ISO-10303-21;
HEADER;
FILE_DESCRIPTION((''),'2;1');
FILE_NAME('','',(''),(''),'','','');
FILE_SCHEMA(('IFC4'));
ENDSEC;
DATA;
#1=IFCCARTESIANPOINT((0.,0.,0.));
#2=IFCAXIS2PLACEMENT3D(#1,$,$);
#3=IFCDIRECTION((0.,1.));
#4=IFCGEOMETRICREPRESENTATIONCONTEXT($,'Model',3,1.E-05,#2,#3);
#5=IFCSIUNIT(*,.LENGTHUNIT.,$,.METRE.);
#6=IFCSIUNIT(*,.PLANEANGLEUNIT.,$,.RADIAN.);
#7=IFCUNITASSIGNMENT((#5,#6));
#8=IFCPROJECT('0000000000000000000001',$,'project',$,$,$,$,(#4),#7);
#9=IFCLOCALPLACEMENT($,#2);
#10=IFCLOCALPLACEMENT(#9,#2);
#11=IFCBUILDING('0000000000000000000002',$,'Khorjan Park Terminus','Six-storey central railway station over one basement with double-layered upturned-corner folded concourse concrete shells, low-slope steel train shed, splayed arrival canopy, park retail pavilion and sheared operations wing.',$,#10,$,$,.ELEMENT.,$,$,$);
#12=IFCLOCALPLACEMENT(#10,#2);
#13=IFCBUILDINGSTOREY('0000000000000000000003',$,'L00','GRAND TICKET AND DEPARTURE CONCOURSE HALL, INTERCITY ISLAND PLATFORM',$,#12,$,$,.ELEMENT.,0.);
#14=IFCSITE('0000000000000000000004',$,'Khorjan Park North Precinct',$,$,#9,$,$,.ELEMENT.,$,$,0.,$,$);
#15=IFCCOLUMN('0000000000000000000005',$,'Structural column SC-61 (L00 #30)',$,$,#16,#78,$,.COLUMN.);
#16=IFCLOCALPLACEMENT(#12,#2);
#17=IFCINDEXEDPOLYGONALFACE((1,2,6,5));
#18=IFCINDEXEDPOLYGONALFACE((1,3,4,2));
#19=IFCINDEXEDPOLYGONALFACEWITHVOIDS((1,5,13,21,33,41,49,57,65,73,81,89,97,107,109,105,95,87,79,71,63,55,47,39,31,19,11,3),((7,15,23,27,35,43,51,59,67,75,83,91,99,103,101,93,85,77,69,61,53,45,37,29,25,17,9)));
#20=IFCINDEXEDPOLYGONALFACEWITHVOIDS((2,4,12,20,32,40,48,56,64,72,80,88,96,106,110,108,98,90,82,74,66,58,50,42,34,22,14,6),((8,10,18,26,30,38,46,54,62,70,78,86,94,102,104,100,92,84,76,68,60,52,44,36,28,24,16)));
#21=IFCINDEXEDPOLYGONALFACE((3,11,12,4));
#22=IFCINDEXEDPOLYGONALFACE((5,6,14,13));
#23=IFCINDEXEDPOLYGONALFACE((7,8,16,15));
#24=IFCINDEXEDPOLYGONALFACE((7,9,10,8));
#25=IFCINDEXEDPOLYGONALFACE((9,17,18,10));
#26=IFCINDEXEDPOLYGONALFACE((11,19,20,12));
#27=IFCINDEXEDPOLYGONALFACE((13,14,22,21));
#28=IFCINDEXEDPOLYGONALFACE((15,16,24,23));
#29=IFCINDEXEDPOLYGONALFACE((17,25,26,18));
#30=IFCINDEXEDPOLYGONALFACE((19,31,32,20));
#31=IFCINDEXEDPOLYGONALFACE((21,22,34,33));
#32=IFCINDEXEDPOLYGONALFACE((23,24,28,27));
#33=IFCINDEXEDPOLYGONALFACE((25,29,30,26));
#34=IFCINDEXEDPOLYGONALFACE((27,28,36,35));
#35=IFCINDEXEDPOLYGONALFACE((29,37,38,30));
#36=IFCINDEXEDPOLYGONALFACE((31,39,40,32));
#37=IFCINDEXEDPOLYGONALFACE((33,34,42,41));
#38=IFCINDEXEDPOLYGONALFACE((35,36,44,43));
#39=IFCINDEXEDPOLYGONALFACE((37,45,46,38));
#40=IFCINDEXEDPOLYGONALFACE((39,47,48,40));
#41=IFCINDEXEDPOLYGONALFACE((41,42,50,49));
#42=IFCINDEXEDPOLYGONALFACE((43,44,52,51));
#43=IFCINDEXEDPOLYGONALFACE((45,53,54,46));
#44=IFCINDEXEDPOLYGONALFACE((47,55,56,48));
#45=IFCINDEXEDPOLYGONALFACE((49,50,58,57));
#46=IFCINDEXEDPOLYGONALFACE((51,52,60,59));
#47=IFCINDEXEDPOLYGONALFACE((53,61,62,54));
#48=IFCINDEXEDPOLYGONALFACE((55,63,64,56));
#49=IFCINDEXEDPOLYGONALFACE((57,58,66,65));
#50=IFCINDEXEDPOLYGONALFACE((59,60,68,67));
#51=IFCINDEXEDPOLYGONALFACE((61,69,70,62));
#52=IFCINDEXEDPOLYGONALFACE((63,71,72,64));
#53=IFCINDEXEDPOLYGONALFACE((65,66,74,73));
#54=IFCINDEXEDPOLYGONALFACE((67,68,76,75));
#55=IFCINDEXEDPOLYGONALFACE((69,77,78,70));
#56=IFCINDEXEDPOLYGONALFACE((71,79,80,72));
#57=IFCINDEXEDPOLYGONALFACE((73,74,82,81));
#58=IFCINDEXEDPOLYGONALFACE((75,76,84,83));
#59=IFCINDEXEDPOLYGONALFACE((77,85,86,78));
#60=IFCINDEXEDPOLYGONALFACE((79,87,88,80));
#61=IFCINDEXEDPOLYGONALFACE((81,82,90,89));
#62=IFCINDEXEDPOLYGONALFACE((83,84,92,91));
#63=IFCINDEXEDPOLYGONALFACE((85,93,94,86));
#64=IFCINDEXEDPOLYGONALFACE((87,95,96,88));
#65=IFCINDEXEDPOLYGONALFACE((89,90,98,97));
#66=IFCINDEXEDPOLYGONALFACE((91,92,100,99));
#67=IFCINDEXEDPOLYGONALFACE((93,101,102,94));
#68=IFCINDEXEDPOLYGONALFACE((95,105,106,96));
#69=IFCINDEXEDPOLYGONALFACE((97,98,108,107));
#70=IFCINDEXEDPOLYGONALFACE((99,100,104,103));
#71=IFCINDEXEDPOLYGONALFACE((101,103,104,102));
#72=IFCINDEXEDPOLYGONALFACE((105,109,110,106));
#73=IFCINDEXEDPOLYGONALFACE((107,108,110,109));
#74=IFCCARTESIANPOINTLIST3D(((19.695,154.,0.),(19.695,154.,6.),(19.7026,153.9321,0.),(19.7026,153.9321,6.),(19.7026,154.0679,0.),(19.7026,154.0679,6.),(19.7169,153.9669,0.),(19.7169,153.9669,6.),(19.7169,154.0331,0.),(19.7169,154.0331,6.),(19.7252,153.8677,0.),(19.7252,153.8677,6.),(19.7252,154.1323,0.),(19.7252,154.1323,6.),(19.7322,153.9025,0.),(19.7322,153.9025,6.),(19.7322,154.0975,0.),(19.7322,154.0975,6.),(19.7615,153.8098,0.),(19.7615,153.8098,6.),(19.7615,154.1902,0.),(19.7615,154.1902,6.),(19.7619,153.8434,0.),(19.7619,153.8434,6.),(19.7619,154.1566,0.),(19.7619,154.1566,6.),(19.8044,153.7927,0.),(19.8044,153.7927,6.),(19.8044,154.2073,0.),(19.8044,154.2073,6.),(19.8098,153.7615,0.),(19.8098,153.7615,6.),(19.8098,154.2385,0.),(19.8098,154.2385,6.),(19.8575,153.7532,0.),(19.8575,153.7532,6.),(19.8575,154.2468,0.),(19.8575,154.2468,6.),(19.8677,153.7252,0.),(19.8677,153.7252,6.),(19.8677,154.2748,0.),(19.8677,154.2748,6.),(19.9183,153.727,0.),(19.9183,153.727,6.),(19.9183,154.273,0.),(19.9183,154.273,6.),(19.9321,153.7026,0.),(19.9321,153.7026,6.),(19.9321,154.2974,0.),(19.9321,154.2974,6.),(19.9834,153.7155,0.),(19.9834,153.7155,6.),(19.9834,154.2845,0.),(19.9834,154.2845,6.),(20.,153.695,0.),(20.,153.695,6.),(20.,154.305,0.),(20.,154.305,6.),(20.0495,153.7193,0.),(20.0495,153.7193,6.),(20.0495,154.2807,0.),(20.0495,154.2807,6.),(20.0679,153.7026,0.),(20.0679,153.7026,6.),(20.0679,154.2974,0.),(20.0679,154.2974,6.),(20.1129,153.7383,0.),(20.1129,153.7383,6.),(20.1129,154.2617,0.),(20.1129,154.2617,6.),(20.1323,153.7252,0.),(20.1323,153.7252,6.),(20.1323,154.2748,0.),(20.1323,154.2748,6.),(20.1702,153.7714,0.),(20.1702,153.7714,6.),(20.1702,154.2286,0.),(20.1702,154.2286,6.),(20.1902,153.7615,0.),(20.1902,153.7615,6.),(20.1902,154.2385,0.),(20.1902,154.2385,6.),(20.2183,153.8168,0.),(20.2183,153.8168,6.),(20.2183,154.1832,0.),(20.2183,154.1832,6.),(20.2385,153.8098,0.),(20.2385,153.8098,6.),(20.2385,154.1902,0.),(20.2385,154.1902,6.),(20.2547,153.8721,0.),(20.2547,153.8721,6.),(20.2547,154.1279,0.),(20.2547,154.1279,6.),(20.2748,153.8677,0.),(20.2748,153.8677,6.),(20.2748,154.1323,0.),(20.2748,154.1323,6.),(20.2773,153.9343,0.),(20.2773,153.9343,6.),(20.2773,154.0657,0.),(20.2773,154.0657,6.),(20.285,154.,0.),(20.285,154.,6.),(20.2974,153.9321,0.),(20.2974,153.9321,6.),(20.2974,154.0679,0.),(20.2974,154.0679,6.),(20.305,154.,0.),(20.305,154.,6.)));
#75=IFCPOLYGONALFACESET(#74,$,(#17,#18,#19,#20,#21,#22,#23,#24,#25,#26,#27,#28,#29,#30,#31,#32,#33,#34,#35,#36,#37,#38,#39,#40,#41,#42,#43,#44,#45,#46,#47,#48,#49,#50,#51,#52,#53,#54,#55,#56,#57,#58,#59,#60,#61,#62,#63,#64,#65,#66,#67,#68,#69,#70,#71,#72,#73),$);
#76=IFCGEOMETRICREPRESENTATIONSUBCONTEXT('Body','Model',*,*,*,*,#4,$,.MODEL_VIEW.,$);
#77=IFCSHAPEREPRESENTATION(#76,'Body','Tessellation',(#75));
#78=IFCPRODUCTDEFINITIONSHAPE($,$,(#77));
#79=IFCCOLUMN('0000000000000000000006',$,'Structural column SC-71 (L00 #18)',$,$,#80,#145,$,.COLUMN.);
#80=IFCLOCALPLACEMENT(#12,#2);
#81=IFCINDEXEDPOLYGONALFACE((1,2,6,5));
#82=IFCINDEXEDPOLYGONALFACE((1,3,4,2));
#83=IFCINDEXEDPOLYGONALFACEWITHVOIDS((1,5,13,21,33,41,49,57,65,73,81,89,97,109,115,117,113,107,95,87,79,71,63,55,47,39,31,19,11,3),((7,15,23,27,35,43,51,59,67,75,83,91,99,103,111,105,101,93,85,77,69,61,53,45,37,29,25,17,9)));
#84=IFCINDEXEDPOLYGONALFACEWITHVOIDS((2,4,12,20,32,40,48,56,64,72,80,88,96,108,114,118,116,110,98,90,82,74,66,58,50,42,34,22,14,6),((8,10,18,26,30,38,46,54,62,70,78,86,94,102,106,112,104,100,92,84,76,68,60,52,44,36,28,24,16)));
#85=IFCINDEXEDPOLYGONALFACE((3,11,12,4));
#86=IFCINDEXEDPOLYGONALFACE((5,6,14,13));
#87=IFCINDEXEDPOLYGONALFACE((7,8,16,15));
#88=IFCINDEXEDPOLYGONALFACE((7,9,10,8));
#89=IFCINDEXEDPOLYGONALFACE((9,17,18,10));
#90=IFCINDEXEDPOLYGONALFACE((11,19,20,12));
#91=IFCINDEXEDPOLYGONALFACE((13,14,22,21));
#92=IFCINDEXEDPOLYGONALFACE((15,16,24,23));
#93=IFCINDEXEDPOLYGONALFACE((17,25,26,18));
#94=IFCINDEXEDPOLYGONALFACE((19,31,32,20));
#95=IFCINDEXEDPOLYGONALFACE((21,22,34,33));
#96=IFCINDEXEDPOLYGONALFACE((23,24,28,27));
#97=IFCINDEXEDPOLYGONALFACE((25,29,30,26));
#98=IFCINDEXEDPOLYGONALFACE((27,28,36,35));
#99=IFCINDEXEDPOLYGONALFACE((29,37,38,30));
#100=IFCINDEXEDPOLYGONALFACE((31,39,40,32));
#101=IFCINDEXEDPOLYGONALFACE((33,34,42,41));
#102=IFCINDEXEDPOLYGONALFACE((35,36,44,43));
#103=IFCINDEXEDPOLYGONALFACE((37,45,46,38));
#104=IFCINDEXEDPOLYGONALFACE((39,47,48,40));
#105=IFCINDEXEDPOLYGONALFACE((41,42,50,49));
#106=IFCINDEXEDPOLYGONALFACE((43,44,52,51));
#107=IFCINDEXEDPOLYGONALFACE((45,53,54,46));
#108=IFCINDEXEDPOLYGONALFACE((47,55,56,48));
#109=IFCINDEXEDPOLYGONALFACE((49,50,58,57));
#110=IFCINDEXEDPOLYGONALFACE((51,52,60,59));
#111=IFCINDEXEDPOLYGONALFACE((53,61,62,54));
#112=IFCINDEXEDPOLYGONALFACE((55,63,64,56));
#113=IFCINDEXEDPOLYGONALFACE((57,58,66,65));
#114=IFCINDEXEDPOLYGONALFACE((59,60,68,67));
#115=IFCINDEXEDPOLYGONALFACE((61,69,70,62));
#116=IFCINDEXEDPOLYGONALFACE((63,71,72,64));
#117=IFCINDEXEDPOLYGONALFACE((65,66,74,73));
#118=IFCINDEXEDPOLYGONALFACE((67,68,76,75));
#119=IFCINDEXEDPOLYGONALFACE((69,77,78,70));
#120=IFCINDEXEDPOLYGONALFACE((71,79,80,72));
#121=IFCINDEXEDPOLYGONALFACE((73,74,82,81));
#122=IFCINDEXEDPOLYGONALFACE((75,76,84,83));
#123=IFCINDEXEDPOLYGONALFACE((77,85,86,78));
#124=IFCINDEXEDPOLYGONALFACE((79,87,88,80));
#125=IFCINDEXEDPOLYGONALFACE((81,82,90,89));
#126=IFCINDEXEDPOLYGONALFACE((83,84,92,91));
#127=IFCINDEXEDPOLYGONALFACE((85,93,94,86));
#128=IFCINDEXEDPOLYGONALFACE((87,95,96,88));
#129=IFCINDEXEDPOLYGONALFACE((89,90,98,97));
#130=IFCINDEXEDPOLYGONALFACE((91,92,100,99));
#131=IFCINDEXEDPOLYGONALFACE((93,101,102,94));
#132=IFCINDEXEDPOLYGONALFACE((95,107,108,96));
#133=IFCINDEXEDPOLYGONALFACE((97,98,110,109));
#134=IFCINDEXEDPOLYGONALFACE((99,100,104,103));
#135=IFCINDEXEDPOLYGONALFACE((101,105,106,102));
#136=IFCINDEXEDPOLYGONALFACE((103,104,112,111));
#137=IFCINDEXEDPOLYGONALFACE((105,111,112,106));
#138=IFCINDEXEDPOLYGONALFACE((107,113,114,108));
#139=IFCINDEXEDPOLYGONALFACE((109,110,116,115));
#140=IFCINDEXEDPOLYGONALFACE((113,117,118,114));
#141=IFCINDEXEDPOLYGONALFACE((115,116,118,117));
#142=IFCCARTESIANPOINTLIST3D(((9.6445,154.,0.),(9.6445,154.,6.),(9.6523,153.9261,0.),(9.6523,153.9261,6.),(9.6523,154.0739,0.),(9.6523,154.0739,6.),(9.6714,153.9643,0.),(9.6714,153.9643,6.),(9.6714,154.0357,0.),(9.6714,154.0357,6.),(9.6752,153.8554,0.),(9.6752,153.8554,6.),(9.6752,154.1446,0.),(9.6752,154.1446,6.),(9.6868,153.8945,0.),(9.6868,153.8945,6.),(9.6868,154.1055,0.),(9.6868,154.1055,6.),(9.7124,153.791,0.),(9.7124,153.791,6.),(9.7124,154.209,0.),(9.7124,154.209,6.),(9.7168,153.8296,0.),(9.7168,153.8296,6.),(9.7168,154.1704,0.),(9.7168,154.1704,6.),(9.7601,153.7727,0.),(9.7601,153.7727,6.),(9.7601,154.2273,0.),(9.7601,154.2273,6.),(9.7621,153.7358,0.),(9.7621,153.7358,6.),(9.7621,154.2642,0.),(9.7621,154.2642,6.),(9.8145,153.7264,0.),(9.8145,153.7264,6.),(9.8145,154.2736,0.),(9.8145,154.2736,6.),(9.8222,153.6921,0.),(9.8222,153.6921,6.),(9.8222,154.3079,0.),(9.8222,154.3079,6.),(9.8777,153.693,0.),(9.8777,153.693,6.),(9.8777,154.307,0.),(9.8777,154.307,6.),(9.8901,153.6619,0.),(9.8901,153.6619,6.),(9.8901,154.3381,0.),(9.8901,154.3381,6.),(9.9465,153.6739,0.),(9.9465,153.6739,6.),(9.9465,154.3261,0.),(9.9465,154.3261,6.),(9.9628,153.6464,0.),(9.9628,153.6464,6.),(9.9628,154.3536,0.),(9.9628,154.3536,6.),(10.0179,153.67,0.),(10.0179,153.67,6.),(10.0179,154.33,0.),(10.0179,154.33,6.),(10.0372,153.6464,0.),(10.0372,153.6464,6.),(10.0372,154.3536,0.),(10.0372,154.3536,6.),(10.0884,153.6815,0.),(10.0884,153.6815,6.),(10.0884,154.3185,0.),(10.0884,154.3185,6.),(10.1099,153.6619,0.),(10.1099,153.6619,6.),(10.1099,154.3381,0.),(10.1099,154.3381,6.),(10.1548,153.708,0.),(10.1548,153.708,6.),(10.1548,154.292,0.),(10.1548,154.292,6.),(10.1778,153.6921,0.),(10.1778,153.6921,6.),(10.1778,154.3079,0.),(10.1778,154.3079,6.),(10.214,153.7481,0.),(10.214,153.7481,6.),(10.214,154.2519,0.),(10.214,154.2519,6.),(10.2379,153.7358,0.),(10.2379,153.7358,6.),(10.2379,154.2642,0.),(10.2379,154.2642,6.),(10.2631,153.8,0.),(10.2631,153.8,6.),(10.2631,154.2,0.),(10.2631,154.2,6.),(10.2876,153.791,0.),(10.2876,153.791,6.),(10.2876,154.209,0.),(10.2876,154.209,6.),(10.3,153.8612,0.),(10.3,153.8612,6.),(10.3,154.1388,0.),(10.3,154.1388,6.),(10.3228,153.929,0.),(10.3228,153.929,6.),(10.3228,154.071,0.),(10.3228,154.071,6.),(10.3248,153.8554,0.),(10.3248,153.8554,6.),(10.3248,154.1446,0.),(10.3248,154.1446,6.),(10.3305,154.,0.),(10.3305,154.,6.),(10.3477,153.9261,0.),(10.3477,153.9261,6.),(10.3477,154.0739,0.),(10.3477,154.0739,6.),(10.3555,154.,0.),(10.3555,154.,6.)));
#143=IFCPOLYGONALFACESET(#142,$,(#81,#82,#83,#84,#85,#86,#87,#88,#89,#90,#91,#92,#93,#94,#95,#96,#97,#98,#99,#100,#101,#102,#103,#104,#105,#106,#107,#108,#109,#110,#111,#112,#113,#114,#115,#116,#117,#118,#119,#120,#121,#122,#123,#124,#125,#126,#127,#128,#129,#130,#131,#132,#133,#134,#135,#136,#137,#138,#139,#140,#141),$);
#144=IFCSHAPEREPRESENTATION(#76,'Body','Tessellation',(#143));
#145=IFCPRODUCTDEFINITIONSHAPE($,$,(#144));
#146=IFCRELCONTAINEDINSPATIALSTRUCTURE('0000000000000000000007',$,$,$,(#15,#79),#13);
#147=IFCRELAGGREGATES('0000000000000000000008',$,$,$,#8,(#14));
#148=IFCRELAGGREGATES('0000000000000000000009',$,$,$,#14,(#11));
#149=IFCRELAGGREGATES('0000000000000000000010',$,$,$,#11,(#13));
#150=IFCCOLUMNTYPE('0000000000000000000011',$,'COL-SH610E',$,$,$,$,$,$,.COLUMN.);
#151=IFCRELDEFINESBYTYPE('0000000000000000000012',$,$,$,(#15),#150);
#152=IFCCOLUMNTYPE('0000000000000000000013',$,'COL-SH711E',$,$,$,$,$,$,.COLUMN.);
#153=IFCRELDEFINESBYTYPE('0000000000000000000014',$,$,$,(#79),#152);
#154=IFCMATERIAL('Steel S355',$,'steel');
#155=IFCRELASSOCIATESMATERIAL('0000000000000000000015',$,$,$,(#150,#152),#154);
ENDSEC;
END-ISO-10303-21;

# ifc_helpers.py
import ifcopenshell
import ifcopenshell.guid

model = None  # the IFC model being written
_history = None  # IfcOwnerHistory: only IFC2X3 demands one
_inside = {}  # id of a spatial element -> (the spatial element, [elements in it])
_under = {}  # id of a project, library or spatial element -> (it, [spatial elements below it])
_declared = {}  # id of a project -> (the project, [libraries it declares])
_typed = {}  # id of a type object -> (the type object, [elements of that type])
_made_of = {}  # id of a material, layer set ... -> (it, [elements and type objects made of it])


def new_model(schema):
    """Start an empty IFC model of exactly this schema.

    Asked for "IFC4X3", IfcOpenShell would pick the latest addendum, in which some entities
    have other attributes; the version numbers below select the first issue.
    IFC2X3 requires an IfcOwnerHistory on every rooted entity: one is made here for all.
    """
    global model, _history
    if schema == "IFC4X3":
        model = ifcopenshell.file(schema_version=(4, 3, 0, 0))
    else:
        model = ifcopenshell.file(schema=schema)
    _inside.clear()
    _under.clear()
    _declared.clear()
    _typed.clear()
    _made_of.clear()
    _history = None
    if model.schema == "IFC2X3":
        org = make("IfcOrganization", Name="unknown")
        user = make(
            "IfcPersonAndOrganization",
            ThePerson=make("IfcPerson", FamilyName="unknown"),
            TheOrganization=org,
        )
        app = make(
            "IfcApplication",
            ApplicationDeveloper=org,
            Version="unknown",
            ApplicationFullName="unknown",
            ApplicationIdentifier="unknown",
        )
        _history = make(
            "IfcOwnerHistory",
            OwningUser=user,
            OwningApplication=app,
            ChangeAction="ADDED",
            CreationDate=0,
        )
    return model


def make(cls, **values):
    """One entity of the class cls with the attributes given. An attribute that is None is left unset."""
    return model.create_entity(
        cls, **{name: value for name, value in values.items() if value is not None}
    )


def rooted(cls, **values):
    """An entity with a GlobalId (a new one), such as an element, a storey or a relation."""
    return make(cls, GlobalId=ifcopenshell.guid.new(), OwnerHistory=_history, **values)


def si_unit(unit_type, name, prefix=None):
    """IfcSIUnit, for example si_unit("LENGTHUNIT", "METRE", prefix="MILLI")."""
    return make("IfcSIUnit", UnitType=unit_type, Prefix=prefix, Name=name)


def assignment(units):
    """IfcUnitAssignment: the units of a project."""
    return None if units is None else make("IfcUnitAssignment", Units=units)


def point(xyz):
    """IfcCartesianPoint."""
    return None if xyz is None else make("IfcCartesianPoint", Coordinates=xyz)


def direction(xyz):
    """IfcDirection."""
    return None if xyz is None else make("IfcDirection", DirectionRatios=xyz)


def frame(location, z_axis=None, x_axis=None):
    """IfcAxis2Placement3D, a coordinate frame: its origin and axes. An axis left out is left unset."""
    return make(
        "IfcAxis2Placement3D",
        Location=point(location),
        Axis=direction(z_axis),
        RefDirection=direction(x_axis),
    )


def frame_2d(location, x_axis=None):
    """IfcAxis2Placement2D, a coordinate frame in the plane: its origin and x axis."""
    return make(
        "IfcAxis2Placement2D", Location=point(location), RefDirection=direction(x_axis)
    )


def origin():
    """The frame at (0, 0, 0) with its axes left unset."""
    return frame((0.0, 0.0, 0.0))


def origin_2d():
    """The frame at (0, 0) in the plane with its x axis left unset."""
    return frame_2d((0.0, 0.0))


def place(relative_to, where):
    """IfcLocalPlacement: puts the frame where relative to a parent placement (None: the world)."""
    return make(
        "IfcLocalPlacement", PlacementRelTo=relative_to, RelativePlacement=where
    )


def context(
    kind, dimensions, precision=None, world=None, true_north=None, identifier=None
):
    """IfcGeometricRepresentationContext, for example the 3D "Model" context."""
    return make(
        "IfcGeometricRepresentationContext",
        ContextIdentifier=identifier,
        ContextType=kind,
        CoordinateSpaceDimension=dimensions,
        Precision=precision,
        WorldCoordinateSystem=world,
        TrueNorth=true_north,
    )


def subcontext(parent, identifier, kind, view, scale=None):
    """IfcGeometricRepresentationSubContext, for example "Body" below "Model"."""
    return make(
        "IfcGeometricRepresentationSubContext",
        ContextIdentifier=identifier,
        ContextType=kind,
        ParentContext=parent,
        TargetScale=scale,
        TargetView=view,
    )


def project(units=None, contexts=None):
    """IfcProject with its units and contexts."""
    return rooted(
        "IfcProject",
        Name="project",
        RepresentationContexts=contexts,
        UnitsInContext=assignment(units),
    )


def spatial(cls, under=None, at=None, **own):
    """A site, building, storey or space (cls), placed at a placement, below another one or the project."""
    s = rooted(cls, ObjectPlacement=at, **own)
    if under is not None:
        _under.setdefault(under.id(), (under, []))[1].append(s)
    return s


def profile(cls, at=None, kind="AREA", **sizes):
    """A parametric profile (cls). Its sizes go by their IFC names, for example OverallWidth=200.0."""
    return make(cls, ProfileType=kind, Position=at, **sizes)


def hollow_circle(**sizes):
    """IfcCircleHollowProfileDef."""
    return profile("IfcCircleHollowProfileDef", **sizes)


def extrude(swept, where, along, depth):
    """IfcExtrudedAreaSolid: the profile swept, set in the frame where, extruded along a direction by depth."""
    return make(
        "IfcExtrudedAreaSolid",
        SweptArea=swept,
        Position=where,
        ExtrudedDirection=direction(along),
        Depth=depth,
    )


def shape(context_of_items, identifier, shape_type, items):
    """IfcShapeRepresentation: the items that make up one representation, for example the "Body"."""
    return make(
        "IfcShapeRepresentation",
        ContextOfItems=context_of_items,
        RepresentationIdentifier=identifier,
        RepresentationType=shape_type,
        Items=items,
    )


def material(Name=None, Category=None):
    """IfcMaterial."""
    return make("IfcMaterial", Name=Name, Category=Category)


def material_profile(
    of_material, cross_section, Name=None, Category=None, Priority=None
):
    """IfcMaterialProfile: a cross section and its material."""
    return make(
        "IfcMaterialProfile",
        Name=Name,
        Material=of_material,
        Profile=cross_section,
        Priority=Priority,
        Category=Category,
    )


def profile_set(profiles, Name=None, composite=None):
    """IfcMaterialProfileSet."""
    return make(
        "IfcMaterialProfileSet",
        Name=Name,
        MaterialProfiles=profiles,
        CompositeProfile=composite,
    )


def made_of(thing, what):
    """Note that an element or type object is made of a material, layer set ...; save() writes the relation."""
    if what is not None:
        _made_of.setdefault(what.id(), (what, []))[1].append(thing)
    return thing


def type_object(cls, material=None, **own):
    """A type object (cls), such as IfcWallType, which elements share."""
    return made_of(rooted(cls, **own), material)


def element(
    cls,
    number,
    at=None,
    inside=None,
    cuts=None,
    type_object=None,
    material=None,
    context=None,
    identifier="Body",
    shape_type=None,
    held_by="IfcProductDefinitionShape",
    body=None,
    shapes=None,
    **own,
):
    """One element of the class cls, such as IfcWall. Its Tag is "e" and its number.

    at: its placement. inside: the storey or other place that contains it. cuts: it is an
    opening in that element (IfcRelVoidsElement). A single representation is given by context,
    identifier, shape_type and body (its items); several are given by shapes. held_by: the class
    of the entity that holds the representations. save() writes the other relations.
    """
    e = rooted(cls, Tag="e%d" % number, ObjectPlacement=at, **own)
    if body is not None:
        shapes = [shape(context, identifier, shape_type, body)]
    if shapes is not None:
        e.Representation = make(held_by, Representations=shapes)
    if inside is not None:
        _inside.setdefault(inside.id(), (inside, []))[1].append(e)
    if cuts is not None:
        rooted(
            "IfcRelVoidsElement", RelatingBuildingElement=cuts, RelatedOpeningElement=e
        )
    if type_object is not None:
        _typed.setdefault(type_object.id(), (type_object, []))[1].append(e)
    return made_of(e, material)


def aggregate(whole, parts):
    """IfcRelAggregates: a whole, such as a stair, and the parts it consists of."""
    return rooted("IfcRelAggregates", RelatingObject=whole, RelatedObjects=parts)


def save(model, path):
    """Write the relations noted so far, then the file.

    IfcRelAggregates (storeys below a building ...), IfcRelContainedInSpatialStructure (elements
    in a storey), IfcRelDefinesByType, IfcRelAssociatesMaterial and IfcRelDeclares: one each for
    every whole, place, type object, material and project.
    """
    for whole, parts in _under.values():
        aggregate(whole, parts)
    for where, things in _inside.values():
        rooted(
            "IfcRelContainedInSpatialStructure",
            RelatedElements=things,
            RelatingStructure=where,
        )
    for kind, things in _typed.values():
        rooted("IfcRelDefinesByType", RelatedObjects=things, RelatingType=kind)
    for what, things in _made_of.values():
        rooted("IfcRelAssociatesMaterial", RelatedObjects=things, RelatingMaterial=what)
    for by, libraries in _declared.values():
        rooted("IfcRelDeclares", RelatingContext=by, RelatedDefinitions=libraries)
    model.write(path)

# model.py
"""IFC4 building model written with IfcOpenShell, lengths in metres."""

from ifc_helpers import new_model, si_unit, direction, frame, origin, origin_2d, place, context, subcontext, project, spatial, hollow_circle, extrude, material, material_profile, profile_set, type_object, element, save


model = new_model("IFC4")

# Units and contexts
model_context = context("Model", 3, precision=1e-05, world=origin(), true_north=direction((0.0, 1.0)))
body_context = subcontext(model_context, "Body", "Model", "MODEL_VIEW")
ifc_project = project(units=[si_unit("LENGTHUNIT", "METRE"), si_unit("PLANEANGLEUNIT", "RADIAN")], contexts=[model_context])

# Site, building, storey
site_placement = place(None, origin())
site = spatial("IfcSite", under=ifc_project, at=site_placement, Name="Khorjan Park North Precinct", CompositionType="ELEMENT", RefElevation=0.0)
building_placement = place(site_placement, origin())
building = spatial("IfcBuilding", under=site, at=building_placement, Name="Khorjan Park Terminus", Description="Six-storey central railway station over one basement with double-layered upturned-corner folded concourse concrete shells, low-slope steel train shed, splayed arrival canopy, park retail pavilion and sheared operations wing.", CompositionType="ELEMENT")
storey_placement = place(building_placement, origin())
storey = spatial("IfcBuildingStorey", under=building, at=storey_placement, Name="L00", Description="GRAND TICKET AND DEPARTURE CONCOURSE HALL, INTERCITY ISLAND PLATFORM", CompositionType="ELEMENT", Elevation=0.0)

# Columns
ifc_material = material(Name="Steel S355", Category="steel")
ifc_material_profile_1 = material_profile(ifc_material, hollow_circle(Radius=0.305, WallThickness=0.02, at=origin_2d()), Name="CHS 610x20")
ifc_profile_set_1 = profile_set([ifc_material_profile_1], Name="Steel S355")
column_type_1 = type_object("IfcColumnType", Name="COL-SH610E", PredefinedType="COLUMN", material=ifc_profile_set_1)
column_1_placement = place(storey_placement, frame((20.0, 154.0, 0.0), z_axis=(0.0, 0.0, 1.0), x_axis=(1.0, 0.0, 0.0)))
element("IfcColumn", 1, at=column_1_placement, inside=storey, type_object=column_type_1, Name="Structural column SC-61 (L00 #30)", PredefinedType="COLUMN", context=body_context, shape_type="SweptSolid", body=[
    extrude(hollow_circle(Radius=0.305, WallThickness=0.02, at=origin_2d()), origin(), (0.0, 0.0, 1.0), 6.0),
])
ifc_material_profile_2 = material_profile(ifc_material, hollow_circle(Radius=0.3555, WallThickness=0.025, at=origin_2d()), Name="CHS 711x25")
ifc_profile_set_2 = profile_set([ifc_material_profile_2], Name="Steel S355")
column_type_2 = type_object("IfcColumnType", Name="COL-SH711E", PredefinedType="COLUMN", material=ifc_profile_set_2)
column_2_placement = place(storey_placement, frame((10.0, 154.0, 0.0), z_axis=(0.0, 0.0, 1.0), x_axis=(1.0, 0.0, 0.0)))
element("IfcColumn", 2, at=column_2_placement, inside=storey, type_object=column_type_2, Name="Structural column SC-71 (L00 #18)", PredefinedType="COLUMN", context=body_context, shape_type="SweptSolid", body=[
    extrude(hollow_circle(Radius=0.3555, WallThickness=0.025, at=origin_2d()), origin(), (0.0, 0.0, 1.0), 6.0),
])

save(model, "model.ifc")
